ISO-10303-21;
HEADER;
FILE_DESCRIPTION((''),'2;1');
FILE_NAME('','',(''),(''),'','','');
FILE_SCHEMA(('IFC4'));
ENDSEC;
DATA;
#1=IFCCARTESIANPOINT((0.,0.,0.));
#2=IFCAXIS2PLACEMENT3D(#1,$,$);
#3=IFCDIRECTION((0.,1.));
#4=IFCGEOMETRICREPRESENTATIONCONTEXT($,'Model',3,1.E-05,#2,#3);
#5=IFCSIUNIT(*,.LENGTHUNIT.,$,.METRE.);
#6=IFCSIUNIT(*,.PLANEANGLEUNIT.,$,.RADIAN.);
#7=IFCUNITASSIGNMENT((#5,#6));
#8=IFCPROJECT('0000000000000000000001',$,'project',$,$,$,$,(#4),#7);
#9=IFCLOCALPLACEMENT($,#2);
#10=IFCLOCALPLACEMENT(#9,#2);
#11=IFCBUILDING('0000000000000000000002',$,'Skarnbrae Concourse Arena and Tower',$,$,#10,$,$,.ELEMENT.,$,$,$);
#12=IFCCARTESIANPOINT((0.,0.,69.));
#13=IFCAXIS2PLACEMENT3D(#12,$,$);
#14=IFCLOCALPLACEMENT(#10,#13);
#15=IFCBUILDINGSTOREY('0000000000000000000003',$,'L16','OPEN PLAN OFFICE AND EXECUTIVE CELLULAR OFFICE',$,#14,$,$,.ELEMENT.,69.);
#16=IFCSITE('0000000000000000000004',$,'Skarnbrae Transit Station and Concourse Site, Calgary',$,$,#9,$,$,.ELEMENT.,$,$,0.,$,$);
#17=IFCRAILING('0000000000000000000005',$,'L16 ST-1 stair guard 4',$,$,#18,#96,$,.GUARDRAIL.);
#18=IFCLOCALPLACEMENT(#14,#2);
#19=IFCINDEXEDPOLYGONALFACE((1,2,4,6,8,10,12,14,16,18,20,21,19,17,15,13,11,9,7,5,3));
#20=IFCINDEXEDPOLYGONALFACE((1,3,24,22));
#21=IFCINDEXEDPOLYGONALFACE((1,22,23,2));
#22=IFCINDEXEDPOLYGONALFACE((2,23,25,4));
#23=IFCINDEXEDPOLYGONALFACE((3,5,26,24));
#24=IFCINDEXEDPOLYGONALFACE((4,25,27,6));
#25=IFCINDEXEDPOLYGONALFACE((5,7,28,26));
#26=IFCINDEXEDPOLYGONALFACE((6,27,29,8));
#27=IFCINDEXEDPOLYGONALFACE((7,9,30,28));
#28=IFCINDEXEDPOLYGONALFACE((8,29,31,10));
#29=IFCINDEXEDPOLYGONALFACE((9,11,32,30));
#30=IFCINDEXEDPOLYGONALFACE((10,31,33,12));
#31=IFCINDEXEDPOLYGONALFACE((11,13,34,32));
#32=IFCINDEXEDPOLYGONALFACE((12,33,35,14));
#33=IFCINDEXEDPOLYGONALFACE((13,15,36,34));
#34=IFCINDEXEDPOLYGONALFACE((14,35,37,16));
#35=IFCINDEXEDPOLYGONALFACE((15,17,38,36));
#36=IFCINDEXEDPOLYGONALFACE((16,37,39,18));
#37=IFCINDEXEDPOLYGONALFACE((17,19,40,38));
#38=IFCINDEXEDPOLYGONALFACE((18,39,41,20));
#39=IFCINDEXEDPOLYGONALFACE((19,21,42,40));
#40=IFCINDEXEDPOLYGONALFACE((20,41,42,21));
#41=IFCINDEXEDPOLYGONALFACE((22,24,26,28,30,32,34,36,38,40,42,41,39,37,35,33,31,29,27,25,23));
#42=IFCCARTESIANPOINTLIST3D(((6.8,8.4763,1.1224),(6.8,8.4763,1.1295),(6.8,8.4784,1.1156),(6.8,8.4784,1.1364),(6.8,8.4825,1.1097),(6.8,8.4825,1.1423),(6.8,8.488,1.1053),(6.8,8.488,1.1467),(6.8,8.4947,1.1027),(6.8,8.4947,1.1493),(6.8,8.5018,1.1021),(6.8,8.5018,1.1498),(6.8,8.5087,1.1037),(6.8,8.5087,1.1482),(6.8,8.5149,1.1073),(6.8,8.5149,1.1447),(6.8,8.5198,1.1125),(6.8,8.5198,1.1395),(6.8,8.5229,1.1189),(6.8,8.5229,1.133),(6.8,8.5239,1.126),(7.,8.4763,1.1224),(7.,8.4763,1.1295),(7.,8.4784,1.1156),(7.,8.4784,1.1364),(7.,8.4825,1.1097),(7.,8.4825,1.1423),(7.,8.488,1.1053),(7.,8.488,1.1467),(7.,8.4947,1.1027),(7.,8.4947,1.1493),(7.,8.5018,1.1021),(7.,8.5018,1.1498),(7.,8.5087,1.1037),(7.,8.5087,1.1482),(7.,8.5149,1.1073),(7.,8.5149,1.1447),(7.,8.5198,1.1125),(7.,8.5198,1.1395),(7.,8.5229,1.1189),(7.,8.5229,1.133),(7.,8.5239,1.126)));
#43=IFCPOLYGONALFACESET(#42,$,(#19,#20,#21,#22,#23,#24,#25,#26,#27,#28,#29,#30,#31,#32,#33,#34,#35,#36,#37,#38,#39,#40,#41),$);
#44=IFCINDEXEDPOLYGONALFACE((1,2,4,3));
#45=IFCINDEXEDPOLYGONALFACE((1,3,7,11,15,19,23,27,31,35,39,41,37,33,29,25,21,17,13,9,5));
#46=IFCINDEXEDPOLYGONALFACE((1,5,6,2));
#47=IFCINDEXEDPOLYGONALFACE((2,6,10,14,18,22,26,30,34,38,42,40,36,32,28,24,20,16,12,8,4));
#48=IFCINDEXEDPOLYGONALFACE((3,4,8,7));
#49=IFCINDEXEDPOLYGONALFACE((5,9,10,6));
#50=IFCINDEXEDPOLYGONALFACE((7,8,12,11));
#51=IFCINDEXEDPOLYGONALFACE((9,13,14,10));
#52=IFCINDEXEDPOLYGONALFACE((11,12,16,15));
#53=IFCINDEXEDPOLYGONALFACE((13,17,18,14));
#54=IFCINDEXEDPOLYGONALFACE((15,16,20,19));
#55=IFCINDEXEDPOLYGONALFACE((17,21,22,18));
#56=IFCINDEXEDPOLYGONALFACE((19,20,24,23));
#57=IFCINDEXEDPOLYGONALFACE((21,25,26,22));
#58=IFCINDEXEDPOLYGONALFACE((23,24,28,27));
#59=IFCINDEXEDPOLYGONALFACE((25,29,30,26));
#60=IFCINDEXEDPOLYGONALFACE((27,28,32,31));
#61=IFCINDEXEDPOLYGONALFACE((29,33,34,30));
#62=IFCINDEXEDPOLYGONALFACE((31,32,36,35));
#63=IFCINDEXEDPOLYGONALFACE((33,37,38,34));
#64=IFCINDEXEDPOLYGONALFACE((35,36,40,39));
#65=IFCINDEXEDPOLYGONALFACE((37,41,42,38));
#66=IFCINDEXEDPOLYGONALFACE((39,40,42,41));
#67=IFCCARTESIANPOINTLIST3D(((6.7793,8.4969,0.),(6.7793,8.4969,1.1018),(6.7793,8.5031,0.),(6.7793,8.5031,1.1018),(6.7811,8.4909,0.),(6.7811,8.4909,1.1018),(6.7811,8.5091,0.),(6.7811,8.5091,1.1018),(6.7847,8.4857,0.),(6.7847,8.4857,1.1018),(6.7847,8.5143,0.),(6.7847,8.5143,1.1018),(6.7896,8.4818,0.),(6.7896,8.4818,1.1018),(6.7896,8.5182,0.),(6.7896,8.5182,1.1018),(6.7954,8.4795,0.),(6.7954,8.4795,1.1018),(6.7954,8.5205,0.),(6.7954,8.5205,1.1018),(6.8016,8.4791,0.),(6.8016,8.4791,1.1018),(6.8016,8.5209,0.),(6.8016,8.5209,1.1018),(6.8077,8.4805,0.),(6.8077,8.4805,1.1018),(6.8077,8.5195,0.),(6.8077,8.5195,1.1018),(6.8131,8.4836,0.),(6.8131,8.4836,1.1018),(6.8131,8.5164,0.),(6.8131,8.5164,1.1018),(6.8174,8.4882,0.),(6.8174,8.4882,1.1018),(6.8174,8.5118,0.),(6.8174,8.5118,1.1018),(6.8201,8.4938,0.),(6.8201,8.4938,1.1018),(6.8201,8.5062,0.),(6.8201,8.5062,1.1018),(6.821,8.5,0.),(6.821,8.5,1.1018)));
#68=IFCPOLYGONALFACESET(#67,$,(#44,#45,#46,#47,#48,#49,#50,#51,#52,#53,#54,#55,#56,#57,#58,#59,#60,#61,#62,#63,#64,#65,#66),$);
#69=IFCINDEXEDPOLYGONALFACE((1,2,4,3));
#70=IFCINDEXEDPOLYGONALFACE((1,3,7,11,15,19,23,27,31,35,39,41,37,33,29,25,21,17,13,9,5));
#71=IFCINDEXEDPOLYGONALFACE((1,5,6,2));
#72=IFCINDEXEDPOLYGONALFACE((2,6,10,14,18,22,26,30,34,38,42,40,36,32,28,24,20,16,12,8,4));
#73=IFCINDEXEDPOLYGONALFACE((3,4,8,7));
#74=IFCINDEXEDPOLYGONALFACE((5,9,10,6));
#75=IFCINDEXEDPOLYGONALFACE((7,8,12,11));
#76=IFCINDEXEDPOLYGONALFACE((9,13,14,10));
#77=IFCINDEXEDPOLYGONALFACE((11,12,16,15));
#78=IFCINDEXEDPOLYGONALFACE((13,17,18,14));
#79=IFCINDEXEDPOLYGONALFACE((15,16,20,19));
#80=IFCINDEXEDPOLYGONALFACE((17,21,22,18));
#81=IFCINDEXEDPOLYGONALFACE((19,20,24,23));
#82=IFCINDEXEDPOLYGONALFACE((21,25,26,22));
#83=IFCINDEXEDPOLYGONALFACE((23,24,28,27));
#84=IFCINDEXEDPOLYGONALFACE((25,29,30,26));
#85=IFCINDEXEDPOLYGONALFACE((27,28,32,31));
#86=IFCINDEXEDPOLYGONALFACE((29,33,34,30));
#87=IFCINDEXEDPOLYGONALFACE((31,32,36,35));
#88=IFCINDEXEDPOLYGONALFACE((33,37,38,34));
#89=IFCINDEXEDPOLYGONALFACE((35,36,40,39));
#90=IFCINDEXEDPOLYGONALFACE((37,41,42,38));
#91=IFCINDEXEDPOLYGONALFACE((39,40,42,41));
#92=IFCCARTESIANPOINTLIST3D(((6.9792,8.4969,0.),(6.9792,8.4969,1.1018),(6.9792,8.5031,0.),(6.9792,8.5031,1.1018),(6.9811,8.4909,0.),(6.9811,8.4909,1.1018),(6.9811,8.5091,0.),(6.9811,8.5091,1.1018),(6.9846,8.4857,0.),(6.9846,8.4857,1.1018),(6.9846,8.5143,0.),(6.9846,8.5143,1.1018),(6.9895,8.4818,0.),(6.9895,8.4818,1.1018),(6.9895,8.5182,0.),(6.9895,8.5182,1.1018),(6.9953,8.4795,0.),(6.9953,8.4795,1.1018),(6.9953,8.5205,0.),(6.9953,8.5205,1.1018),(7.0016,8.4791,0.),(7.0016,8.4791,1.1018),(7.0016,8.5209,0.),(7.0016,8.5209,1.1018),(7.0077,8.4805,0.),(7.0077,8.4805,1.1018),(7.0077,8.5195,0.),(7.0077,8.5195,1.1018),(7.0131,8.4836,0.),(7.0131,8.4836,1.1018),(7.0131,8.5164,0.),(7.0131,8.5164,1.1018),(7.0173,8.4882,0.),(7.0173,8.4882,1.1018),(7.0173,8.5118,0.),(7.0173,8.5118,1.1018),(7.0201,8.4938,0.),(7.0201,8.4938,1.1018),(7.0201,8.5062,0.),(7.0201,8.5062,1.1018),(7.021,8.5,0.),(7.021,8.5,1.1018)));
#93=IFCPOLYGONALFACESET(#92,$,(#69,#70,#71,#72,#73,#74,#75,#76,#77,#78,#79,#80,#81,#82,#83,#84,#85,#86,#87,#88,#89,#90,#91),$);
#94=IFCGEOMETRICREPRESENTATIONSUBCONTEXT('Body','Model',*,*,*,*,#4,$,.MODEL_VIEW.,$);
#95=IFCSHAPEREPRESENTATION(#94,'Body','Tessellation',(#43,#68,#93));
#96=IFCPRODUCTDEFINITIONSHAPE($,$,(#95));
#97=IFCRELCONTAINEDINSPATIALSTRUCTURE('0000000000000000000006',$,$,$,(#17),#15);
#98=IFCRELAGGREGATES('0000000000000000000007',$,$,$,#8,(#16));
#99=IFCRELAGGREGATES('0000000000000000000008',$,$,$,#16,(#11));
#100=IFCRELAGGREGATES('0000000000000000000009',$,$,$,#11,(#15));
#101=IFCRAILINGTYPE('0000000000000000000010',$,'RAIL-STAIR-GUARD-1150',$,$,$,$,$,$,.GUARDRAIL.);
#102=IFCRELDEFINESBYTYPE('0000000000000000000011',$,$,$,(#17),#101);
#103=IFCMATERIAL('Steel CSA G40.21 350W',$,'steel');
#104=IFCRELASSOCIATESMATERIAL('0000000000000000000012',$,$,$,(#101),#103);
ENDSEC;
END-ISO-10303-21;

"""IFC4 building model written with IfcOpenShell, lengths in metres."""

from ifc_helpers import new_model, si_unit, direction, frame, origin, origin_2d, place, context, subcontext, project, spatial, circle, extrude, material, type_object, element, save


model = new_model("IFC4")

# Units and contexts
model_context = context("Model", 3, precision=1e-05, world=origin(), true_north=direction((0.0, 1.0)))
body_context = subcontext(model_context, "Body", "Model", "MODEL_VIEW")
ifc_project = project(units=[si_unit("LENGTHUNIT", "METRE"), si_unit("PLANEANGLEUNIT", "RADIAN")], contexts=[model_context])

# Site, building, storey
site_placement = place(None, origin())
site = spatial("IfcSite", under=ifc_project, at=site_placement, Name="Skarnbrae Transit Station and Concourse Site, Calgary", CompositionType="ELEMENT", RefElevation=0.0)
building_placement = place(site_placement, origin())
building = spatial("IfcBuilding", under=site, at=building_placement, Name="Skarnbrae Concourse Arena and Tower", CompositionType="ELEMENT")
storey_placement = place(building_placement, frame((0.0, 0.0, 69.0)))
storey = spatial("IfcBuildingStorey", under=building, at=storey_placement, Name="L16", Description="OPEN PLAN OFFICE AND EXECUTIVE CELLULAR OFFICE", CompositionType="ELEMENT", Elevation=69.0)

# Shared definitions
ifc_material_1 = material(Name="Steel CSA G40.21 350W", Category="steel")

# Railing
railing_type_1 = type_object("IfcRailingType", Name="RAIL-STAIR-GUARD-1150", PredefinedType="GUARDRAIL", material=ifc_material_1)
railing_1_placement = place(storey_placement, frame((6.8, 8.5, 0.0)))
element("IfcRailing", 1, at=railing_1_placement, inside=storey, type_object=railing_type_1, Name="L16 ST-1 stair guard 4", PredefinedType="GUARDRAIL", context=body_context, shape_type="SweptSolid", body=[
    extrude(circle(Radius=0.0239, at=origin_2d()), frame((0.0, 0.0, 1.126), z_axis=(1.0, 0.0, 0.0), x_axis=(0.0, 1.0, 0.0)), (0.0, 0.0, 1.0), 0.2),
    extrude(circle(Radius=0.021, at=origin_2d()), origin(), (0.0, 0.0, 1.0), 1.1018),
    extrude(circle(Radius=0.021, at=origin_2d()), frame((0.2, 0.0, 0.0)), (0.0, 0.0, 1.0), 1.1018),
])

save(model, "model.ifc")
